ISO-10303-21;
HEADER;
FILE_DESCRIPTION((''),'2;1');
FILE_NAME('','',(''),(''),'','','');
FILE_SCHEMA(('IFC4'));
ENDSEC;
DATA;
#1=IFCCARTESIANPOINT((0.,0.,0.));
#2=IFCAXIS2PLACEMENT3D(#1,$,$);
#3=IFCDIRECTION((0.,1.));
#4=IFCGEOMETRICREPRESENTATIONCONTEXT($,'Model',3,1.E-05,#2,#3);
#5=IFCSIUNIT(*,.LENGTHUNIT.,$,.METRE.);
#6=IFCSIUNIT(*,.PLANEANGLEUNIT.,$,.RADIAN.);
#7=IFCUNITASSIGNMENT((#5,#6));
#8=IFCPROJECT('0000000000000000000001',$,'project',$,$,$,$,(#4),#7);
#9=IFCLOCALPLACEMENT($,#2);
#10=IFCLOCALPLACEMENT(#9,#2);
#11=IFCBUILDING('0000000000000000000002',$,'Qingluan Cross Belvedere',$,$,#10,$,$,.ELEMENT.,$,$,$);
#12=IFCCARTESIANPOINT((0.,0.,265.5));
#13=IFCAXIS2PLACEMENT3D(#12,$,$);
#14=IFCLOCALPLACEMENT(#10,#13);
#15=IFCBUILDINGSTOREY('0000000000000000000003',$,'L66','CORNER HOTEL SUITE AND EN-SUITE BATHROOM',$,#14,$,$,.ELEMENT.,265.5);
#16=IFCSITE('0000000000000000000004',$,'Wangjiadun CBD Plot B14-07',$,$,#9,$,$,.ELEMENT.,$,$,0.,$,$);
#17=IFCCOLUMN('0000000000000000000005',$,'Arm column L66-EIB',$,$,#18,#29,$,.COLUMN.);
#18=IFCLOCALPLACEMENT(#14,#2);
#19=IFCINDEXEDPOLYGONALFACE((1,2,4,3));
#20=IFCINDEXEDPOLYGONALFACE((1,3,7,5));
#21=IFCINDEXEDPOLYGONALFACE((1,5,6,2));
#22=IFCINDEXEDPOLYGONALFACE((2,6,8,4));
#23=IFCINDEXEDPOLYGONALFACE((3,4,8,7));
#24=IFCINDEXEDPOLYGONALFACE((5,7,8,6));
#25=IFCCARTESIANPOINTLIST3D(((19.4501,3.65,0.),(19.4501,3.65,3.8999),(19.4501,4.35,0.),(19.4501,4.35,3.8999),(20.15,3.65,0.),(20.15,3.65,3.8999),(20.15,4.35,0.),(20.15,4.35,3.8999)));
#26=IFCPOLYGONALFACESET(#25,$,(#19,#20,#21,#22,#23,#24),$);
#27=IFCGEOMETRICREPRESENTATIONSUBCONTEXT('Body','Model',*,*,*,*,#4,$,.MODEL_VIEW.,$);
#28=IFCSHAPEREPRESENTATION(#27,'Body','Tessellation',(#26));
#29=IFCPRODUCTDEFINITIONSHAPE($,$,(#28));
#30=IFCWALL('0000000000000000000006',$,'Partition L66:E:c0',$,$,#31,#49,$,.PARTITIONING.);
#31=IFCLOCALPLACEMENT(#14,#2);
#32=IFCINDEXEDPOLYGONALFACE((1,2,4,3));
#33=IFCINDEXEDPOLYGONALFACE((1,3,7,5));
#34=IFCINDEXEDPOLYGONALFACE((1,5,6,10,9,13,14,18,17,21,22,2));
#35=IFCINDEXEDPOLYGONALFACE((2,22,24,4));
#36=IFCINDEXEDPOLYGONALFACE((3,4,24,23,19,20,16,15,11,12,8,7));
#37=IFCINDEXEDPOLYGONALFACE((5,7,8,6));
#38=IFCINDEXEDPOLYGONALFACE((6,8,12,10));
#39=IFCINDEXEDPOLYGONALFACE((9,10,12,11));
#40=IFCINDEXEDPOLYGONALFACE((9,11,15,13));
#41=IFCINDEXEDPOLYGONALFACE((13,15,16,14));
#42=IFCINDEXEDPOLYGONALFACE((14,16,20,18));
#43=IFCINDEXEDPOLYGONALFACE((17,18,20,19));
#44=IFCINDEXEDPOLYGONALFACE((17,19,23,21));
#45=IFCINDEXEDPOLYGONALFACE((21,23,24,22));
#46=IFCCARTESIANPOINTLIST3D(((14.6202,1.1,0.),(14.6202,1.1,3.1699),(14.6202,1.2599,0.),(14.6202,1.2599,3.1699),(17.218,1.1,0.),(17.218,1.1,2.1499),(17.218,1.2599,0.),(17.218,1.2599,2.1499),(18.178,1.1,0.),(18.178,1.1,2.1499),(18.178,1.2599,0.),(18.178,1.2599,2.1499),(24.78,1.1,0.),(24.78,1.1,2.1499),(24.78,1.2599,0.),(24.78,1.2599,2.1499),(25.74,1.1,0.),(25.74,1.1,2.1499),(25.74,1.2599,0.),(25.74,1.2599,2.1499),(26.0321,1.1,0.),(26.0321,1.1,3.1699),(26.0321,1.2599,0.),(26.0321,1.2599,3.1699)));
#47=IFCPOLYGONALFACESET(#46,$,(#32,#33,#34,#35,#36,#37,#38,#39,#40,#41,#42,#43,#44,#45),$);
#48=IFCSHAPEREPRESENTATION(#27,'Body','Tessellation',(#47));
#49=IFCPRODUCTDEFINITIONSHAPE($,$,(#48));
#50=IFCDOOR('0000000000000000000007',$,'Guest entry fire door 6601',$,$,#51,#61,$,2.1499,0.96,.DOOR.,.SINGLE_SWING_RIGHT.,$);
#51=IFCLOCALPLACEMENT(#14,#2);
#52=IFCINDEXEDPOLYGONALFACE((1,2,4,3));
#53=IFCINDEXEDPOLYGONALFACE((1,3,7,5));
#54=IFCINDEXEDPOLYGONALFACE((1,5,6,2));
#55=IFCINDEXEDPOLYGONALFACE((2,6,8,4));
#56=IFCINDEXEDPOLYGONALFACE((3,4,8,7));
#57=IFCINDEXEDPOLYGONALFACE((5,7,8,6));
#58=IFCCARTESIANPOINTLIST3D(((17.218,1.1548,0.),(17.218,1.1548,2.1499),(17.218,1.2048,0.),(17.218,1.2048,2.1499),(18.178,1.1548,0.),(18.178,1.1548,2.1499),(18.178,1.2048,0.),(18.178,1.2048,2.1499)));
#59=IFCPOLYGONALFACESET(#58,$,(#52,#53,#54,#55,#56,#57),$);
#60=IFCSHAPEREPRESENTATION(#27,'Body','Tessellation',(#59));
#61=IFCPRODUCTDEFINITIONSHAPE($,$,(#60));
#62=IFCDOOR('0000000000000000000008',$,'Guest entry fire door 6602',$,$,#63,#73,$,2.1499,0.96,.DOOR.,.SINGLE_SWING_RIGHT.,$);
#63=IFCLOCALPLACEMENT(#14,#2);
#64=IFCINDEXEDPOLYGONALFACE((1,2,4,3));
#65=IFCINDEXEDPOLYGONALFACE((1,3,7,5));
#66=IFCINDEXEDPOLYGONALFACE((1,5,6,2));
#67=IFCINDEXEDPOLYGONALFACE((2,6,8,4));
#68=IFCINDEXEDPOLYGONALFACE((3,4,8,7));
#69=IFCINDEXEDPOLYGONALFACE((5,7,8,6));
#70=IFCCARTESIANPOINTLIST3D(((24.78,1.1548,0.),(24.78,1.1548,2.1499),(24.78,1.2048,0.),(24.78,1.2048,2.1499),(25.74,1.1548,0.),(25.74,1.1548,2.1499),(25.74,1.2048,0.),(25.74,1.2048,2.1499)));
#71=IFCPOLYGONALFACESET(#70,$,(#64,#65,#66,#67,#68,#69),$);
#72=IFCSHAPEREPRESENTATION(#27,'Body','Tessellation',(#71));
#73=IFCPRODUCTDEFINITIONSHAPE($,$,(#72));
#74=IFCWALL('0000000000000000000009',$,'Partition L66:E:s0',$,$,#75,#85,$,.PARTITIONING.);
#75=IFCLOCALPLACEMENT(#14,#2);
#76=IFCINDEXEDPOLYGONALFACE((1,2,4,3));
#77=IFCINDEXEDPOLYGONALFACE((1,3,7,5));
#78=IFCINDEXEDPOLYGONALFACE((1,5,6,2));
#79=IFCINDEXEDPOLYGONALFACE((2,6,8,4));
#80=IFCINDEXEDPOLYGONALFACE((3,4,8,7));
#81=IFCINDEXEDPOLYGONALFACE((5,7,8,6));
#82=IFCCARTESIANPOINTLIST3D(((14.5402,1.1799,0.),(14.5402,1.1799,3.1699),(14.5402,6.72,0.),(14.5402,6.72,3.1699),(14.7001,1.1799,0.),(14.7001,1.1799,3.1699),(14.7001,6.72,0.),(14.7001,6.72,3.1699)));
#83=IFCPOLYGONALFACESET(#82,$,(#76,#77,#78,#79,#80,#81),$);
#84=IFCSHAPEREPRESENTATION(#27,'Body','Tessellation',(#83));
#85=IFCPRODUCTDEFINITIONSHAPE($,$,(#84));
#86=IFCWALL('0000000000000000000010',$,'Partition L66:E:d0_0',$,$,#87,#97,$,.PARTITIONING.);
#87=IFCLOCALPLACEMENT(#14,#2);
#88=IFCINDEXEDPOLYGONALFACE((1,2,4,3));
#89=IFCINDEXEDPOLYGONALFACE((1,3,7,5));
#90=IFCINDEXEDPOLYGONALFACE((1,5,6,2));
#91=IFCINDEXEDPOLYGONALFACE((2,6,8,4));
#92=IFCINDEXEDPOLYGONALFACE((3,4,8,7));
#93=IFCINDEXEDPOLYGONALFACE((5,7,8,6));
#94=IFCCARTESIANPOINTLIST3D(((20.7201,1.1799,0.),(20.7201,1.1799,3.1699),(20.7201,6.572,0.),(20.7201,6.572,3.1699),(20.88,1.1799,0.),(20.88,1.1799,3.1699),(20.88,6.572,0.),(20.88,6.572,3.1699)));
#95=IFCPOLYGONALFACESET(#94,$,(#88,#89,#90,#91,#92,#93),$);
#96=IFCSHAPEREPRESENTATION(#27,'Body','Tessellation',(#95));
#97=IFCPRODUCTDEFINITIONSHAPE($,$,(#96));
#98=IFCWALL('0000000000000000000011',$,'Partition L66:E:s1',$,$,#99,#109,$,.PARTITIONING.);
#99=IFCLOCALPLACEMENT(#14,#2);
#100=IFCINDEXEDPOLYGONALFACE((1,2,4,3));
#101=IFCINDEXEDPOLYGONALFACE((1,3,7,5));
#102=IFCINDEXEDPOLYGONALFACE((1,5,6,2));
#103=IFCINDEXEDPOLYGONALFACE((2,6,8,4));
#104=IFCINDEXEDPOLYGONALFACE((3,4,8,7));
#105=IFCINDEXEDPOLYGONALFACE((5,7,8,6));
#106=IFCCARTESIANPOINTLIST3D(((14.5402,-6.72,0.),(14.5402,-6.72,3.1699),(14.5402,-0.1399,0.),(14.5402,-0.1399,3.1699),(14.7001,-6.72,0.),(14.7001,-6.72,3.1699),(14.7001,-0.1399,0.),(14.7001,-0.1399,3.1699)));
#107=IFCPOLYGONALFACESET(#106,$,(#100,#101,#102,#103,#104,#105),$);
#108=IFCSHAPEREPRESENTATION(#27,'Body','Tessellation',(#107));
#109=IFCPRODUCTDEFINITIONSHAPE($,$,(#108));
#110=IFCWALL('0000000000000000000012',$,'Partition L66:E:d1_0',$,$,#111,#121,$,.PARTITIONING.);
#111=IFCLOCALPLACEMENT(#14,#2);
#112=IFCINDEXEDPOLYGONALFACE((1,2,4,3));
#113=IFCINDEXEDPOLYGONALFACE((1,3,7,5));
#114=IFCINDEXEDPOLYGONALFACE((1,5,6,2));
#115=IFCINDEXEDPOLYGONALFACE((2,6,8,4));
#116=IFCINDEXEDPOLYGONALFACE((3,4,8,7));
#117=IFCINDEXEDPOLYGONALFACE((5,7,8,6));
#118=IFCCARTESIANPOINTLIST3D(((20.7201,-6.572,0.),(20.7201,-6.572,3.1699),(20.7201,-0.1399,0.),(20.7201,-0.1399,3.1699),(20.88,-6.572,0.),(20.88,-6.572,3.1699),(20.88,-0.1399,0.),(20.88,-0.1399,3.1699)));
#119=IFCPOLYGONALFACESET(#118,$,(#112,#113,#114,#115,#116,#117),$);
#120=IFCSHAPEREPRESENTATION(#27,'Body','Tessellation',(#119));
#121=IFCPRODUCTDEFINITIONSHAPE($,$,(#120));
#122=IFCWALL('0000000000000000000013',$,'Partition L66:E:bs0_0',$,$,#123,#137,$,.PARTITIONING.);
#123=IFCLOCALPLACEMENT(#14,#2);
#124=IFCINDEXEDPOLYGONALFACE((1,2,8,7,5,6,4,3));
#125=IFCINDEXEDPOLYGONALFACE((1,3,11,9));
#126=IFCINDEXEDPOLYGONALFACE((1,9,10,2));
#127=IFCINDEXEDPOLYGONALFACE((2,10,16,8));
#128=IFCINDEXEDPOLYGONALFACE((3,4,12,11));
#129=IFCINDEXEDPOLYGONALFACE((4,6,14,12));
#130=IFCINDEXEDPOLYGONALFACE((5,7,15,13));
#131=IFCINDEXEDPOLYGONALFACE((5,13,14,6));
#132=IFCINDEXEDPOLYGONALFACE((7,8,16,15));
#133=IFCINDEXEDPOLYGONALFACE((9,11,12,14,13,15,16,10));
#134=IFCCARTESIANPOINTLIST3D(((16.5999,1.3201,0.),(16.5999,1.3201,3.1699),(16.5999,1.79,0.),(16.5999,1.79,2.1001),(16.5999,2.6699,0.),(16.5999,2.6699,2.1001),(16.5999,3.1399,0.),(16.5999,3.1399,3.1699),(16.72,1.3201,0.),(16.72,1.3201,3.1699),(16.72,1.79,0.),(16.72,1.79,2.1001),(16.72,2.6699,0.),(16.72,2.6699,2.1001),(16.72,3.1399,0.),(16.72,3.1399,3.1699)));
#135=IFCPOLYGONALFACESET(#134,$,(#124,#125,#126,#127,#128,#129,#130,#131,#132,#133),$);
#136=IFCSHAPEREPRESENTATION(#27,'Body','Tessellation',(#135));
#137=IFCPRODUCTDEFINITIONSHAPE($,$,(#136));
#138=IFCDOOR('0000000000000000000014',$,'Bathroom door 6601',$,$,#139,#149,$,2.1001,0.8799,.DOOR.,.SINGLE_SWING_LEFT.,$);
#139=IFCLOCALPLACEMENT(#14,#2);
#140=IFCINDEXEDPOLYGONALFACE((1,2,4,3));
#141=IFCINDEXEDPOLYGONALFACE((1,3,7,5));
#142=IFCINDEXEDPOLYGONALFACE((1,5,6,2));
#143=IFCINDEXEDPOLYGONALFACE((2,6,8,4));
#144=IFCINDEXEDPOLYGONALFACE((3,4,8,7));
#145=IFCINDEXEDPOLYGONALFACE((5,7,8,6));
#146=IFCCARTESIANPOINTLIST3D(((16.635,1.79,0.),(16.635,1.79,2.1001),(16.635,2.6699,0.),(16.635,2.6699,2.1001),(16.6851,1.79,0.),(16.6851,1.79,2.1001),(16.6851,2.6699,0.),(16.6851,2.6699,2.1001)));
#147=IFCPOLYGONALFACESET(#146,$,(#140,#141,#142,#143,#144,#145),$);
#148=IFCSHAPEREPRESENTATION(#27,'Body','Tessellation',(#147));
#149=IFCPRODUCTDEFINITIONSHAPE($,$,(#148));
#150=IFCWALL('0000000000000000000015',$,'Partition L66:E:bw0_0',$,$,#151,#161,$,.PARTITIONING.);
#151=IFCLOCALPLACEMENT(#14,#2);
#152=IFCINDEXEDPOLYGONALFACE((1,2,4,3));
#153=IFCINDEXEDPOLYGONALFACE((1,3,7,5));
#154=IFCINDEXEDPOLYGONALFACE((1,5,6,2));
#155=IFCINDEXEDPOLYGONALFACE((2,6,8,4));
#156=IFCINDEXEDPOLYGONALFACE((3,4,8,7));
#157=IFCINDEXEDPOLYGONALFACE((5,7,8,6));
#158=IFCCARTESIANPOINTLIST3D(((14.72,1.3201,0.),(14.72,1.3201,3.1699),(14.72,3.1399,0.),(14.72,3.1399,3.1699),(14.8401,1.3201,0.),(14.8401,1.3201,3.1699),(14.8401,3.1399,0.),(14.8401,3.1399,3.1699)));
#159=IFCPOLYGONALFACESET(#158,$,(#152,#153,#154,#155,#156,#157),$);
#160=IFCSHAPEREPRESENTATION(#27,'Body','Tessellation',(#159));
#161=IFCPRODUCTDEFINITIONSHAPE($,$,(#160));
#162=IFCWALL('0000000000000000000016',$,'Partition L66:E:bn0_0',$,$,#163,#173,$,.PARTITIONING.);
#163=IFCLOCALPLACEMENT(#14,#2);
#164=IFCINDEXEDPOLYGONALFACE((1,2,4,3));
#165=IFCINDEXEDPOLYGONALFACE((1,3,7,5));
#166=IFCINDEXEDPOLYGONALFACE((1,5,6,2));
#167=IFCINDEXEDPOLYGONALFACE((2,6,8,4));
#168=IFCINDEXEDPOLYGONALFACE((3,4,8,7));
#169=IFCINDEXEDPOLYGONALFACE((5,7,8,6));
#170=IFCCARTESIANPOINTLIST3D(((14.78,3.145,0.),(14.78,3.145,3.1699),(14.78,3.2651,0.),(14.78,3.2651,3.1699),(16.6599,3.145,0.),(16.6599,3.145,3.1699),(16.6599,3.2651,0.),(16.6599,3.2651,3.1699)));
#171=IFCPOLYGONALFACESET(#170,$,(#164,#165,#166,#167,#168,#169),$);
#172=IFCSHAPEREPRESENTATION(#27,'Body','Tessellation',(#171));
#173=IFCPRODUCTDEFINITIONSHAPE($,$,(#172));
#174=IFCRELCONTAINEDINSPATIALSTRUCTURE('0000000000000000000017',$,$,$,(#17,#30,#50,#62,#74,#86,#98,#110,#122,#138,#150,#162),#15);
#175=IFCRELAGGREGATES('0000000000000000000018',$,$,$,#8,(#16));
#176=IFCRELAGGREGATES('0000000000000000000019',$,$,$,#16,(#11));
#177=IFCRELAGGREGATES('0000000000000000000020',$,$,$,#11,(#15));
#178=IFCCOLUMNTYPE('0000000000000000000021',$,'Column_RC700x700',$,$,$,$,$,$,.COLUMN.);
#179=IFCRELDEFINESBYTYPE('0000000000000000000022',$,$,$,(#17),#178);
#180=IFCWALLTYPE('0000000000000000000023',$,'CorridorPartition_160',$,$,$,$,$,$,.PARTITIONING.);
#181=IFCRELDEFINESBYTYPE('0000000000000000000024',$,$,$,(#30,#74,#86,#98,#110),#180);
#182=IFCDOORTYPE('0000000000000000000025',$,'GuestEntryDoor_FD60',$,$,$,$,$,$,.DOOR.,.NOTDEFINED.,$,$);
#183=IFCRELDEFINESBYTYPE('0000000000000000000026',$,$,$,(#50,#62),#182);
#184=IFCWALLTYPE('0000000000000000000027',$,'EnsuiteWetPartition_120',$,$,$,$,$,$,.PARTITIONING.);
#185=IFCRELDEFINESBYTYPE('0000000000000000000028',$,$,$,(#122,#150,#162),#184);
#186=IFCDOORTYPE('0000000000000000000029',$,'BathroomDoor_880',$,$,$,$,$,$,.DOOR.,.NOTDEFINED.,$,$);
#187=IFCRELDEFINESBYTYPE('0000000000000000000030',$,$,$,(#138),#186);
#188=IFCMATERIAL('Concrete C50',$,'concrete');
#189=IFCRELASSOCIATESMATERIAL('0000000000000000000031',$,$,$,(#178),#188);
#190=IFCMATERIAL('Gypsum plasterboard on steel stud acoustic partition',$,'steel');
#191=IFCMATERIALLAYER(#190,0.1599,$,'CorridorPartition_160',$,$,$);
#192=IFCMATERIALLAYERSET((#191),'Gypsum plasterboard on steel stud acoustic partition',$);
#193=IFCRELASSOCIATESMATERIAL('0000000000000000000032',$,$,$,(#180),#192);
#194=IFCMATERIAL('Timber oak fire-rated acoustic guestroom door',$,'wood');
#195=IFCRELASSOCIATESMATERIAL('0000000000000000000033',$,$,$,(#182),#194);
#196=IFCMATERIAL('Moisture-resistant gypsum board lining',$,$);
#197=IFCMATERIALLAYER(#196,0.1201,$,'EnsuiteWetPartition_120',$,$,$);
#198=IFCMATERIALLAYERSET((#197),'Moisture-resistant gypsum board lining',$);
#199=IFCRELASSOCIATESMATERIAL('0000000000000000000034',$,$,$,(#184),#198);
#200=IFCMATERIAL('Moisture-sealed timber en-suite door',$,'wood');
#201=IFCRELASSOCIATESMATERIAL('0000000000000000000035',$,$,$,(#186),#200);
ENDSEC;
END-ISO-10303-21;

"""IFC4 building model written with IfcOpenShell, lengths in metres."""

from ifc_helpers import new_model, si_unit, direction, frame, frame_2d, origin, origin_2d, place, context, subcontext, project, spatial, rectangle, extrude, material, layer, layer_set, material_profile, profile_set, type_object, element, fill, save


model = new_model("IFC4")

# Units and contexts
model_context = context("Model", 3, precision=1e-05, world=origin(), true_north=direction((0.0, 1.0)))
body_context = subcontext(model_context, "Body", "Model", "MODEL_VIEW")
ifc_project = project(units=[si_unit("LENGTHUNIT", "METRE"), si_unit("PLANEANGLEUNIT", "RADIAN")], contexts=[model_context])

# Site, building, storey
site_placement = place(None, origin())
site = spatial("IfcSite", under=ifc_project, at=site_placement, Name="Wangjiadun CBD Plot B14-07", CompositionType="ELEMENT", RefElevation=0.0)
building_placement = place(site_placement, origin())
building = spatial("IfcBuilding", under=site, at=building_placement, Name="Qingluan Cross Belvedere", CompositionType="ELEMENT")
storey_placement = place(building_placement, frame((0.0, 0.0, 265.5)))
storey = spatial("IfcBuildingStorey", under=building, at=storey_placement, Name="L66", Description="CORNER HOTEL SUITE AND EN-SUITE BATHROOM", CompositionType="ELEMENT", Elevation=265.5)

# Column
ifc_material_1 = material(Name="Concrete C50", Category="concrete")
ifc_material_profile = material_profile(ifc_material_1, rectangle(XDim=0.7, YDim=0.7, at=origin_2d()), Name="RC700x700")
ifc_profile_set = profile_set([ifc_material_profile], Name="Concrete C50")
column_type = type_object("IfcColumnType", Name="Column_RC700x700", PredefinedType="COLUMN", material=ifc_profile_set)
column_placement = place(storey_placement, frame((19.8, 4.0, 0.0), z_axis=(0.0, 0.0, 1.0), x_axis=(1.0, 0.0, 0.0)))
element("IfcColumn", 1, at=column_placement, inside=storey, type_object=column_type, Name="Arm column L66-EIB", PredefinedType="COLUMN", context=body_context, shape_type="SweptSolid", body=[
    extrude(rectangle(XDim=0.7, YDim=0.7, at=origin_2d()), origin(), (0.0, 0.0, 1.0), 3.8999),
])

# Wall, openings, doors
ifc_material_2 = material(Name="Gypsum plasterboard on steel stud acoustic partition", Category="steel")
ifc_layer_1 = layer(ifc_material_2, 0.1599, Name="CorridorPartition_160")
ifc_layer_set_1 = layer_set([ifc_layer_1], Name="Gypsum plasterboard on steel stud acoustic partition")
wall_type_1 = type_object("IfcWallType", Name="CorridorPartition_160", PredefinedType="PARTITIONING", material=ifc_layer_set_1)
wall_1_placement = place(storey_placement, frame((14.6201, 1.1799, 0.0), z_axis=(0.0, 0.0, 1.0), x_axis=(1.0, 0.0, 0.0)))
wall_1 = element("IfcWall", 2, at=wall_1_placement, inside=storey, type_object=wall_type_1, Name="Partition L66:E:c0", PredefinedType="PARTITIONING", context=body_context, shape_type="SweptSolid", body=[
    extrude(rectangle(XDim=11.4119, YDim=0.1599, at=frame_2d((5.7061, 0.0))), origin(), (0.0, 0.0, 1.0), 3.1699),
])
opening_1_placement = place(wall_1_placement, frame((2.5979, 0.0, 0.0)))
opening_1 = element("IfcOpeningElement", 3, at=opening_1_placement, cuts=wall_1, PredefinedType="OPENING", context=body_context, shape_type="SweptSolid", body=[
    extrude(rectangle(XDim=0.96, YDim=2.1499, at=frame_2d((0.48, 1.075))), frame((0.0, 0.0898, 0.0), z_axis=(0.0, -1.0, 0.0), x_axis=(1.0, 0.0, 0.0)), (0.0, 0.0, 1.0), 0.1799),
])
opening_2_placement = place(wall_1_placement, frame((10.1599, 0.0, 0.0)))
opening_2 = element("IfcOpeningElement", 4, at=opening_2_placement, cuts=wall_1, PredefinedType="OPENING", context=body_context, shape_type="SweptSolid", body=[
    extrude(rectangle(XDim=0.96, YDim=2.1499, at=frame_2d((0.48, 1.075))), frame((0.0, 0.0898, 0.0), z_axis=(0.0, -1.0, 0.0), x_axis=(1.0, 0.0, 0.0)), (0.0, 0.0, 1.0), 0.1799),
])
ifc_material_3 = material(Name="Timber oak fire-rated acoustic guestroom door", Category="wood")
door_type_1 = type_object("IfcDoorType", Name="GuestEntryDoor_FD60", OperationType="NOTDEFINED", PredefinedType="DOOR", material=ifc_material_3)
door_1_placement = place(opening_1_placement, origin())
door_1 = element("IfcDoor", 5, at=door_1_placement, inside=storey, type_object=door_type_1, Name="Guest entry fire door 6601", OperationType="SINGLE_SWING_RIGHT", OverallHeight=2.1499, OverallWidth=0.96, PredefinedType="DOOR", context=body_context, shape_type="SweptSolid", body=[
    extrude(rectangle(XDim=0.96, YDim=2.1499, at=frame_2d((0.48, 1.075))), frame((0.0, 0.0249, 0.0), z_axis=(0.0, -1.0, 0.0), x_axis=(1.0, 0.0, 0.0)), (0.0, 0.0, 1.0), 0.05),
])
fill(opening_1, door_1)
door_2_placement = place(opening_2_placement, origin())
door_2 = element("IfcDoor", 6, at=door_2_placement, inside=storey, type_object=door_type_1, Name="Guest entry fire door 6602", OperationType="SINGLE_SWING_RIGHT", OverallHeight=2.1499, OverallWidth=0.96, PredefinedType="DOOR", context=body_context, shape_type="SweptSolid", body=[
    extrude(rectangle(XDim=0.96, YDim=2.1499, at=frame_2d((0.48, 1.075))), frame((0.0, 0.0249, 0.0), z_axis=(0.0, -1.0, 0.0), x_axis=(1.0, 0.0, 0.0)), (0.0, 0.0, 1.0), 0.05),
])
fill(opening_2, door_2)

# Walls
wall_2_placement = place(storey_placement, frame((14.6201, 1.1799, 0.0), z_axis=(0.0, 0.0, 1.0), x_axis=(0.0, 1.0, 0.0)))
element("IfcWall", 7, at=wall_2_placement, inside=storey, type_object=wall_type_1, Name="Partition L66:E:s0", PredefinedType="PARTITIONING", context=body_context, shape_type="SweptSolid", body=[
    extrude(rectangle(XDim=5.54, YDim=0.1599, at=frame_2d((2.77, 0.0))), origin(), (0.0, 0.0, 1.0), 3.1699),
])
wall_3_placement = place(storey_placement, frame((20.8, 1.1799, 0.0), z_axis=(0.0, 0.0, 1.0), x_axis=(0.0, 1.0, 0.0)))
element("IfcWall", 8, at=wall_3_placement, inside=storey, type_object=wall_type_1, Name="Partition L66:E:d0_0", PredefinedType="PARTITIONING", context=body_context, shape_type="SweptSolid", body=[
    extrude(rectangle(XDim=5.3921, YDim=0.1599, at=frame_2d((2.696, 0.0))), origin(), (0.0, 0.0, 1.0), 3.1699),
])
wall_4_placement = place(storey_placement, frame((14.6201, -0.1399, 0.0), z_axis=(0.0, 0.0, 1.0), x_axis=(0.0, -1.0, 0.0)))
element("IfcWall", 9, at=wall_4_placement, inside=storey, type_object=wall_type_1, Name="Partition L66:E:s1", PredefinedType="PARTITIONING", context=body_context, shape_type="SweptSolid", body=[
    extrude(rectangle(XDim=6.5801, YDim=0.1599, at=frame_2d((3.29, 0.0))), origin(), (0.0, 0.0, 1.0), 3.1699),
])
wall_5_placement = place(storey_placement, frame((20.8, -0.1399, 0.0), z_axis=(0.0, 0.0, 1.0), x_axis=(0.0, -1.0, 0.0)))
element("IfcWall", 10, at=wall_5_placement, inside=storey, type_object=wall_type_1, Name="Partition L66:E:d1_0", PredefinedType="PARTITIONING", context=body_context, shape_type="SweptSolid", body=[
    extrude(rectangle(XDim=6.4321, YDim=0.1599, at=frame_2d((3.2161, 0.0))), origin(), (0.0, 0.0, 1.0), 3.1699),
])

# Wall, opening, door
ifc_material_4 = material(Name="Moisture-resistant gypsum board lining")
ifc_layer_2 = layer(ifc_material_4, 0.1201, Name="EnsuiteWetPartition_120")
ifc_layer_set_2 = layer_set([ifc_layer_2], Name="Moisture-resistant gypsum board lining")
wall_type_2 = type_object("IfcWallType", Name="EnsuiteWetPartition_120", PredefinedType="PARTITIONING", material=ifc_layer_set_2)
wall_6_placement = place(storey_placement, frame((16.6599, 1.3201, 0.0), z_axis=(0.0, 0.0, 1.0), x_axis=(0.0, 1.0, 0.0)))
wall_6 = element("IfcWall", 11, at=wall_6_placement, inside=storey, type_object=wall_type_2, Name="Partition L66:E:bs0_0", PredefinedType="PARTITIONING", context=body_context, shape_type="SweptSolid", body=[
    extrude(rectangle(XDim=1.8198, YDim=0.1201, at=frame_2d((0.9099, 0.0))), origin(), (0.0, 0.0, 1.0), 3.1699),
])
opening_3_placement = place(wall_6_placement, frame((0.47, 0.0, 0.0)))
opening_3 = element("IfcOpeningElement", 12, at=opening_3_placement, cuts=wall_6, PredefinedType="OPENING", context=body_context, shape_type="SweptSolid", body=[
    extrude(rectangle(XDim=0.8799, YDim=2.1001, at=frame_2d((0.4399, 1.05))), frame((0.0, 0.0701, 0.0), z_axis=(0.0, -1.0, 0.0), x_axis=(1.0, 0.0, 0.0)), (0.0, 0.0, 1.0), 0.1401),
])
ifc_material_5 = material(Name="Moisture-sealed timber en-suite door", Category="wood")
door_type_2 = type_object("IfcDoorType", Name="BathroomDoor_880", OperationType="NOTDEFINED", PredefinedType="DOOR", material=ifc_material_5)
door_3_placement = place(opening_3_placement, origin())
door_3 = element("IfcDoor", 13, at=door_3_placement, inside=storey, type_object=door_type_2, Name="Bathroom door 6601", OperationType="SINGLE_SWING_LEFT", OverallHeight=2.1001, OverallWidth=0.8799, PredefinedType="DOOR", context=body_context, shape_type="SweptSolid", body=[
    extrude(rectangle(XDim=0.8799, YDim=2.1001, at=frame_2d((0.4399, 1.05))), frame((0.0, 0.0249, 0.0), z_axis=(0.0, -1.0, 0.0), x_axis=(1.0, 0.0, 0.0)), (0.0, 0.0, 1.0), 0.05),
])
fill(opening_3, door_3)

# Walls
wall_7_placement = place(storey_placement, frame((14.78, 1.3201, 0.0), z_axis=(0.0, 0.0, 1.0), x_axis=(0.0, 1.0, 0.0)))
element("IfcWall", 14, at=wall_7_placement, inside=storey, type_object=wall_type_2, Name="Partition L66:E:bw0_0", PredefinedType="PARTITIONING", context=body_context, shape_type="SweptSolid", body=[
    extrude(rectangle(XDim=1.8198, YDim=0.1201, at=frame_2d((0.9099, 0.0))), origin(), (0.0, 0.0, 1.0), 3.1699),
])
wall_8_placement = place(storey_placement, frame((14.78, 3.2051, 0.0), z_axis=(0.0, 0.0, 1.0), x_axis=(1.0, 0.0, 0.0)))
element("IfcWall", 15, at=wall_8_placement, inside=storey, type_object=wall_type_2, Name="Partition L66:E:bn0_0", PredefinedType="PARTITIONING", context=body_context, shape_type="SweptSolid", body=[
    extrude(rectangle(XDim=1.8799, YDim=0.1201, at=frame_2d((0.9399, 0.0))), origin(), (0.0, 0.0, 1.0), 3.1699),
])

save(model, "model.ifc")
